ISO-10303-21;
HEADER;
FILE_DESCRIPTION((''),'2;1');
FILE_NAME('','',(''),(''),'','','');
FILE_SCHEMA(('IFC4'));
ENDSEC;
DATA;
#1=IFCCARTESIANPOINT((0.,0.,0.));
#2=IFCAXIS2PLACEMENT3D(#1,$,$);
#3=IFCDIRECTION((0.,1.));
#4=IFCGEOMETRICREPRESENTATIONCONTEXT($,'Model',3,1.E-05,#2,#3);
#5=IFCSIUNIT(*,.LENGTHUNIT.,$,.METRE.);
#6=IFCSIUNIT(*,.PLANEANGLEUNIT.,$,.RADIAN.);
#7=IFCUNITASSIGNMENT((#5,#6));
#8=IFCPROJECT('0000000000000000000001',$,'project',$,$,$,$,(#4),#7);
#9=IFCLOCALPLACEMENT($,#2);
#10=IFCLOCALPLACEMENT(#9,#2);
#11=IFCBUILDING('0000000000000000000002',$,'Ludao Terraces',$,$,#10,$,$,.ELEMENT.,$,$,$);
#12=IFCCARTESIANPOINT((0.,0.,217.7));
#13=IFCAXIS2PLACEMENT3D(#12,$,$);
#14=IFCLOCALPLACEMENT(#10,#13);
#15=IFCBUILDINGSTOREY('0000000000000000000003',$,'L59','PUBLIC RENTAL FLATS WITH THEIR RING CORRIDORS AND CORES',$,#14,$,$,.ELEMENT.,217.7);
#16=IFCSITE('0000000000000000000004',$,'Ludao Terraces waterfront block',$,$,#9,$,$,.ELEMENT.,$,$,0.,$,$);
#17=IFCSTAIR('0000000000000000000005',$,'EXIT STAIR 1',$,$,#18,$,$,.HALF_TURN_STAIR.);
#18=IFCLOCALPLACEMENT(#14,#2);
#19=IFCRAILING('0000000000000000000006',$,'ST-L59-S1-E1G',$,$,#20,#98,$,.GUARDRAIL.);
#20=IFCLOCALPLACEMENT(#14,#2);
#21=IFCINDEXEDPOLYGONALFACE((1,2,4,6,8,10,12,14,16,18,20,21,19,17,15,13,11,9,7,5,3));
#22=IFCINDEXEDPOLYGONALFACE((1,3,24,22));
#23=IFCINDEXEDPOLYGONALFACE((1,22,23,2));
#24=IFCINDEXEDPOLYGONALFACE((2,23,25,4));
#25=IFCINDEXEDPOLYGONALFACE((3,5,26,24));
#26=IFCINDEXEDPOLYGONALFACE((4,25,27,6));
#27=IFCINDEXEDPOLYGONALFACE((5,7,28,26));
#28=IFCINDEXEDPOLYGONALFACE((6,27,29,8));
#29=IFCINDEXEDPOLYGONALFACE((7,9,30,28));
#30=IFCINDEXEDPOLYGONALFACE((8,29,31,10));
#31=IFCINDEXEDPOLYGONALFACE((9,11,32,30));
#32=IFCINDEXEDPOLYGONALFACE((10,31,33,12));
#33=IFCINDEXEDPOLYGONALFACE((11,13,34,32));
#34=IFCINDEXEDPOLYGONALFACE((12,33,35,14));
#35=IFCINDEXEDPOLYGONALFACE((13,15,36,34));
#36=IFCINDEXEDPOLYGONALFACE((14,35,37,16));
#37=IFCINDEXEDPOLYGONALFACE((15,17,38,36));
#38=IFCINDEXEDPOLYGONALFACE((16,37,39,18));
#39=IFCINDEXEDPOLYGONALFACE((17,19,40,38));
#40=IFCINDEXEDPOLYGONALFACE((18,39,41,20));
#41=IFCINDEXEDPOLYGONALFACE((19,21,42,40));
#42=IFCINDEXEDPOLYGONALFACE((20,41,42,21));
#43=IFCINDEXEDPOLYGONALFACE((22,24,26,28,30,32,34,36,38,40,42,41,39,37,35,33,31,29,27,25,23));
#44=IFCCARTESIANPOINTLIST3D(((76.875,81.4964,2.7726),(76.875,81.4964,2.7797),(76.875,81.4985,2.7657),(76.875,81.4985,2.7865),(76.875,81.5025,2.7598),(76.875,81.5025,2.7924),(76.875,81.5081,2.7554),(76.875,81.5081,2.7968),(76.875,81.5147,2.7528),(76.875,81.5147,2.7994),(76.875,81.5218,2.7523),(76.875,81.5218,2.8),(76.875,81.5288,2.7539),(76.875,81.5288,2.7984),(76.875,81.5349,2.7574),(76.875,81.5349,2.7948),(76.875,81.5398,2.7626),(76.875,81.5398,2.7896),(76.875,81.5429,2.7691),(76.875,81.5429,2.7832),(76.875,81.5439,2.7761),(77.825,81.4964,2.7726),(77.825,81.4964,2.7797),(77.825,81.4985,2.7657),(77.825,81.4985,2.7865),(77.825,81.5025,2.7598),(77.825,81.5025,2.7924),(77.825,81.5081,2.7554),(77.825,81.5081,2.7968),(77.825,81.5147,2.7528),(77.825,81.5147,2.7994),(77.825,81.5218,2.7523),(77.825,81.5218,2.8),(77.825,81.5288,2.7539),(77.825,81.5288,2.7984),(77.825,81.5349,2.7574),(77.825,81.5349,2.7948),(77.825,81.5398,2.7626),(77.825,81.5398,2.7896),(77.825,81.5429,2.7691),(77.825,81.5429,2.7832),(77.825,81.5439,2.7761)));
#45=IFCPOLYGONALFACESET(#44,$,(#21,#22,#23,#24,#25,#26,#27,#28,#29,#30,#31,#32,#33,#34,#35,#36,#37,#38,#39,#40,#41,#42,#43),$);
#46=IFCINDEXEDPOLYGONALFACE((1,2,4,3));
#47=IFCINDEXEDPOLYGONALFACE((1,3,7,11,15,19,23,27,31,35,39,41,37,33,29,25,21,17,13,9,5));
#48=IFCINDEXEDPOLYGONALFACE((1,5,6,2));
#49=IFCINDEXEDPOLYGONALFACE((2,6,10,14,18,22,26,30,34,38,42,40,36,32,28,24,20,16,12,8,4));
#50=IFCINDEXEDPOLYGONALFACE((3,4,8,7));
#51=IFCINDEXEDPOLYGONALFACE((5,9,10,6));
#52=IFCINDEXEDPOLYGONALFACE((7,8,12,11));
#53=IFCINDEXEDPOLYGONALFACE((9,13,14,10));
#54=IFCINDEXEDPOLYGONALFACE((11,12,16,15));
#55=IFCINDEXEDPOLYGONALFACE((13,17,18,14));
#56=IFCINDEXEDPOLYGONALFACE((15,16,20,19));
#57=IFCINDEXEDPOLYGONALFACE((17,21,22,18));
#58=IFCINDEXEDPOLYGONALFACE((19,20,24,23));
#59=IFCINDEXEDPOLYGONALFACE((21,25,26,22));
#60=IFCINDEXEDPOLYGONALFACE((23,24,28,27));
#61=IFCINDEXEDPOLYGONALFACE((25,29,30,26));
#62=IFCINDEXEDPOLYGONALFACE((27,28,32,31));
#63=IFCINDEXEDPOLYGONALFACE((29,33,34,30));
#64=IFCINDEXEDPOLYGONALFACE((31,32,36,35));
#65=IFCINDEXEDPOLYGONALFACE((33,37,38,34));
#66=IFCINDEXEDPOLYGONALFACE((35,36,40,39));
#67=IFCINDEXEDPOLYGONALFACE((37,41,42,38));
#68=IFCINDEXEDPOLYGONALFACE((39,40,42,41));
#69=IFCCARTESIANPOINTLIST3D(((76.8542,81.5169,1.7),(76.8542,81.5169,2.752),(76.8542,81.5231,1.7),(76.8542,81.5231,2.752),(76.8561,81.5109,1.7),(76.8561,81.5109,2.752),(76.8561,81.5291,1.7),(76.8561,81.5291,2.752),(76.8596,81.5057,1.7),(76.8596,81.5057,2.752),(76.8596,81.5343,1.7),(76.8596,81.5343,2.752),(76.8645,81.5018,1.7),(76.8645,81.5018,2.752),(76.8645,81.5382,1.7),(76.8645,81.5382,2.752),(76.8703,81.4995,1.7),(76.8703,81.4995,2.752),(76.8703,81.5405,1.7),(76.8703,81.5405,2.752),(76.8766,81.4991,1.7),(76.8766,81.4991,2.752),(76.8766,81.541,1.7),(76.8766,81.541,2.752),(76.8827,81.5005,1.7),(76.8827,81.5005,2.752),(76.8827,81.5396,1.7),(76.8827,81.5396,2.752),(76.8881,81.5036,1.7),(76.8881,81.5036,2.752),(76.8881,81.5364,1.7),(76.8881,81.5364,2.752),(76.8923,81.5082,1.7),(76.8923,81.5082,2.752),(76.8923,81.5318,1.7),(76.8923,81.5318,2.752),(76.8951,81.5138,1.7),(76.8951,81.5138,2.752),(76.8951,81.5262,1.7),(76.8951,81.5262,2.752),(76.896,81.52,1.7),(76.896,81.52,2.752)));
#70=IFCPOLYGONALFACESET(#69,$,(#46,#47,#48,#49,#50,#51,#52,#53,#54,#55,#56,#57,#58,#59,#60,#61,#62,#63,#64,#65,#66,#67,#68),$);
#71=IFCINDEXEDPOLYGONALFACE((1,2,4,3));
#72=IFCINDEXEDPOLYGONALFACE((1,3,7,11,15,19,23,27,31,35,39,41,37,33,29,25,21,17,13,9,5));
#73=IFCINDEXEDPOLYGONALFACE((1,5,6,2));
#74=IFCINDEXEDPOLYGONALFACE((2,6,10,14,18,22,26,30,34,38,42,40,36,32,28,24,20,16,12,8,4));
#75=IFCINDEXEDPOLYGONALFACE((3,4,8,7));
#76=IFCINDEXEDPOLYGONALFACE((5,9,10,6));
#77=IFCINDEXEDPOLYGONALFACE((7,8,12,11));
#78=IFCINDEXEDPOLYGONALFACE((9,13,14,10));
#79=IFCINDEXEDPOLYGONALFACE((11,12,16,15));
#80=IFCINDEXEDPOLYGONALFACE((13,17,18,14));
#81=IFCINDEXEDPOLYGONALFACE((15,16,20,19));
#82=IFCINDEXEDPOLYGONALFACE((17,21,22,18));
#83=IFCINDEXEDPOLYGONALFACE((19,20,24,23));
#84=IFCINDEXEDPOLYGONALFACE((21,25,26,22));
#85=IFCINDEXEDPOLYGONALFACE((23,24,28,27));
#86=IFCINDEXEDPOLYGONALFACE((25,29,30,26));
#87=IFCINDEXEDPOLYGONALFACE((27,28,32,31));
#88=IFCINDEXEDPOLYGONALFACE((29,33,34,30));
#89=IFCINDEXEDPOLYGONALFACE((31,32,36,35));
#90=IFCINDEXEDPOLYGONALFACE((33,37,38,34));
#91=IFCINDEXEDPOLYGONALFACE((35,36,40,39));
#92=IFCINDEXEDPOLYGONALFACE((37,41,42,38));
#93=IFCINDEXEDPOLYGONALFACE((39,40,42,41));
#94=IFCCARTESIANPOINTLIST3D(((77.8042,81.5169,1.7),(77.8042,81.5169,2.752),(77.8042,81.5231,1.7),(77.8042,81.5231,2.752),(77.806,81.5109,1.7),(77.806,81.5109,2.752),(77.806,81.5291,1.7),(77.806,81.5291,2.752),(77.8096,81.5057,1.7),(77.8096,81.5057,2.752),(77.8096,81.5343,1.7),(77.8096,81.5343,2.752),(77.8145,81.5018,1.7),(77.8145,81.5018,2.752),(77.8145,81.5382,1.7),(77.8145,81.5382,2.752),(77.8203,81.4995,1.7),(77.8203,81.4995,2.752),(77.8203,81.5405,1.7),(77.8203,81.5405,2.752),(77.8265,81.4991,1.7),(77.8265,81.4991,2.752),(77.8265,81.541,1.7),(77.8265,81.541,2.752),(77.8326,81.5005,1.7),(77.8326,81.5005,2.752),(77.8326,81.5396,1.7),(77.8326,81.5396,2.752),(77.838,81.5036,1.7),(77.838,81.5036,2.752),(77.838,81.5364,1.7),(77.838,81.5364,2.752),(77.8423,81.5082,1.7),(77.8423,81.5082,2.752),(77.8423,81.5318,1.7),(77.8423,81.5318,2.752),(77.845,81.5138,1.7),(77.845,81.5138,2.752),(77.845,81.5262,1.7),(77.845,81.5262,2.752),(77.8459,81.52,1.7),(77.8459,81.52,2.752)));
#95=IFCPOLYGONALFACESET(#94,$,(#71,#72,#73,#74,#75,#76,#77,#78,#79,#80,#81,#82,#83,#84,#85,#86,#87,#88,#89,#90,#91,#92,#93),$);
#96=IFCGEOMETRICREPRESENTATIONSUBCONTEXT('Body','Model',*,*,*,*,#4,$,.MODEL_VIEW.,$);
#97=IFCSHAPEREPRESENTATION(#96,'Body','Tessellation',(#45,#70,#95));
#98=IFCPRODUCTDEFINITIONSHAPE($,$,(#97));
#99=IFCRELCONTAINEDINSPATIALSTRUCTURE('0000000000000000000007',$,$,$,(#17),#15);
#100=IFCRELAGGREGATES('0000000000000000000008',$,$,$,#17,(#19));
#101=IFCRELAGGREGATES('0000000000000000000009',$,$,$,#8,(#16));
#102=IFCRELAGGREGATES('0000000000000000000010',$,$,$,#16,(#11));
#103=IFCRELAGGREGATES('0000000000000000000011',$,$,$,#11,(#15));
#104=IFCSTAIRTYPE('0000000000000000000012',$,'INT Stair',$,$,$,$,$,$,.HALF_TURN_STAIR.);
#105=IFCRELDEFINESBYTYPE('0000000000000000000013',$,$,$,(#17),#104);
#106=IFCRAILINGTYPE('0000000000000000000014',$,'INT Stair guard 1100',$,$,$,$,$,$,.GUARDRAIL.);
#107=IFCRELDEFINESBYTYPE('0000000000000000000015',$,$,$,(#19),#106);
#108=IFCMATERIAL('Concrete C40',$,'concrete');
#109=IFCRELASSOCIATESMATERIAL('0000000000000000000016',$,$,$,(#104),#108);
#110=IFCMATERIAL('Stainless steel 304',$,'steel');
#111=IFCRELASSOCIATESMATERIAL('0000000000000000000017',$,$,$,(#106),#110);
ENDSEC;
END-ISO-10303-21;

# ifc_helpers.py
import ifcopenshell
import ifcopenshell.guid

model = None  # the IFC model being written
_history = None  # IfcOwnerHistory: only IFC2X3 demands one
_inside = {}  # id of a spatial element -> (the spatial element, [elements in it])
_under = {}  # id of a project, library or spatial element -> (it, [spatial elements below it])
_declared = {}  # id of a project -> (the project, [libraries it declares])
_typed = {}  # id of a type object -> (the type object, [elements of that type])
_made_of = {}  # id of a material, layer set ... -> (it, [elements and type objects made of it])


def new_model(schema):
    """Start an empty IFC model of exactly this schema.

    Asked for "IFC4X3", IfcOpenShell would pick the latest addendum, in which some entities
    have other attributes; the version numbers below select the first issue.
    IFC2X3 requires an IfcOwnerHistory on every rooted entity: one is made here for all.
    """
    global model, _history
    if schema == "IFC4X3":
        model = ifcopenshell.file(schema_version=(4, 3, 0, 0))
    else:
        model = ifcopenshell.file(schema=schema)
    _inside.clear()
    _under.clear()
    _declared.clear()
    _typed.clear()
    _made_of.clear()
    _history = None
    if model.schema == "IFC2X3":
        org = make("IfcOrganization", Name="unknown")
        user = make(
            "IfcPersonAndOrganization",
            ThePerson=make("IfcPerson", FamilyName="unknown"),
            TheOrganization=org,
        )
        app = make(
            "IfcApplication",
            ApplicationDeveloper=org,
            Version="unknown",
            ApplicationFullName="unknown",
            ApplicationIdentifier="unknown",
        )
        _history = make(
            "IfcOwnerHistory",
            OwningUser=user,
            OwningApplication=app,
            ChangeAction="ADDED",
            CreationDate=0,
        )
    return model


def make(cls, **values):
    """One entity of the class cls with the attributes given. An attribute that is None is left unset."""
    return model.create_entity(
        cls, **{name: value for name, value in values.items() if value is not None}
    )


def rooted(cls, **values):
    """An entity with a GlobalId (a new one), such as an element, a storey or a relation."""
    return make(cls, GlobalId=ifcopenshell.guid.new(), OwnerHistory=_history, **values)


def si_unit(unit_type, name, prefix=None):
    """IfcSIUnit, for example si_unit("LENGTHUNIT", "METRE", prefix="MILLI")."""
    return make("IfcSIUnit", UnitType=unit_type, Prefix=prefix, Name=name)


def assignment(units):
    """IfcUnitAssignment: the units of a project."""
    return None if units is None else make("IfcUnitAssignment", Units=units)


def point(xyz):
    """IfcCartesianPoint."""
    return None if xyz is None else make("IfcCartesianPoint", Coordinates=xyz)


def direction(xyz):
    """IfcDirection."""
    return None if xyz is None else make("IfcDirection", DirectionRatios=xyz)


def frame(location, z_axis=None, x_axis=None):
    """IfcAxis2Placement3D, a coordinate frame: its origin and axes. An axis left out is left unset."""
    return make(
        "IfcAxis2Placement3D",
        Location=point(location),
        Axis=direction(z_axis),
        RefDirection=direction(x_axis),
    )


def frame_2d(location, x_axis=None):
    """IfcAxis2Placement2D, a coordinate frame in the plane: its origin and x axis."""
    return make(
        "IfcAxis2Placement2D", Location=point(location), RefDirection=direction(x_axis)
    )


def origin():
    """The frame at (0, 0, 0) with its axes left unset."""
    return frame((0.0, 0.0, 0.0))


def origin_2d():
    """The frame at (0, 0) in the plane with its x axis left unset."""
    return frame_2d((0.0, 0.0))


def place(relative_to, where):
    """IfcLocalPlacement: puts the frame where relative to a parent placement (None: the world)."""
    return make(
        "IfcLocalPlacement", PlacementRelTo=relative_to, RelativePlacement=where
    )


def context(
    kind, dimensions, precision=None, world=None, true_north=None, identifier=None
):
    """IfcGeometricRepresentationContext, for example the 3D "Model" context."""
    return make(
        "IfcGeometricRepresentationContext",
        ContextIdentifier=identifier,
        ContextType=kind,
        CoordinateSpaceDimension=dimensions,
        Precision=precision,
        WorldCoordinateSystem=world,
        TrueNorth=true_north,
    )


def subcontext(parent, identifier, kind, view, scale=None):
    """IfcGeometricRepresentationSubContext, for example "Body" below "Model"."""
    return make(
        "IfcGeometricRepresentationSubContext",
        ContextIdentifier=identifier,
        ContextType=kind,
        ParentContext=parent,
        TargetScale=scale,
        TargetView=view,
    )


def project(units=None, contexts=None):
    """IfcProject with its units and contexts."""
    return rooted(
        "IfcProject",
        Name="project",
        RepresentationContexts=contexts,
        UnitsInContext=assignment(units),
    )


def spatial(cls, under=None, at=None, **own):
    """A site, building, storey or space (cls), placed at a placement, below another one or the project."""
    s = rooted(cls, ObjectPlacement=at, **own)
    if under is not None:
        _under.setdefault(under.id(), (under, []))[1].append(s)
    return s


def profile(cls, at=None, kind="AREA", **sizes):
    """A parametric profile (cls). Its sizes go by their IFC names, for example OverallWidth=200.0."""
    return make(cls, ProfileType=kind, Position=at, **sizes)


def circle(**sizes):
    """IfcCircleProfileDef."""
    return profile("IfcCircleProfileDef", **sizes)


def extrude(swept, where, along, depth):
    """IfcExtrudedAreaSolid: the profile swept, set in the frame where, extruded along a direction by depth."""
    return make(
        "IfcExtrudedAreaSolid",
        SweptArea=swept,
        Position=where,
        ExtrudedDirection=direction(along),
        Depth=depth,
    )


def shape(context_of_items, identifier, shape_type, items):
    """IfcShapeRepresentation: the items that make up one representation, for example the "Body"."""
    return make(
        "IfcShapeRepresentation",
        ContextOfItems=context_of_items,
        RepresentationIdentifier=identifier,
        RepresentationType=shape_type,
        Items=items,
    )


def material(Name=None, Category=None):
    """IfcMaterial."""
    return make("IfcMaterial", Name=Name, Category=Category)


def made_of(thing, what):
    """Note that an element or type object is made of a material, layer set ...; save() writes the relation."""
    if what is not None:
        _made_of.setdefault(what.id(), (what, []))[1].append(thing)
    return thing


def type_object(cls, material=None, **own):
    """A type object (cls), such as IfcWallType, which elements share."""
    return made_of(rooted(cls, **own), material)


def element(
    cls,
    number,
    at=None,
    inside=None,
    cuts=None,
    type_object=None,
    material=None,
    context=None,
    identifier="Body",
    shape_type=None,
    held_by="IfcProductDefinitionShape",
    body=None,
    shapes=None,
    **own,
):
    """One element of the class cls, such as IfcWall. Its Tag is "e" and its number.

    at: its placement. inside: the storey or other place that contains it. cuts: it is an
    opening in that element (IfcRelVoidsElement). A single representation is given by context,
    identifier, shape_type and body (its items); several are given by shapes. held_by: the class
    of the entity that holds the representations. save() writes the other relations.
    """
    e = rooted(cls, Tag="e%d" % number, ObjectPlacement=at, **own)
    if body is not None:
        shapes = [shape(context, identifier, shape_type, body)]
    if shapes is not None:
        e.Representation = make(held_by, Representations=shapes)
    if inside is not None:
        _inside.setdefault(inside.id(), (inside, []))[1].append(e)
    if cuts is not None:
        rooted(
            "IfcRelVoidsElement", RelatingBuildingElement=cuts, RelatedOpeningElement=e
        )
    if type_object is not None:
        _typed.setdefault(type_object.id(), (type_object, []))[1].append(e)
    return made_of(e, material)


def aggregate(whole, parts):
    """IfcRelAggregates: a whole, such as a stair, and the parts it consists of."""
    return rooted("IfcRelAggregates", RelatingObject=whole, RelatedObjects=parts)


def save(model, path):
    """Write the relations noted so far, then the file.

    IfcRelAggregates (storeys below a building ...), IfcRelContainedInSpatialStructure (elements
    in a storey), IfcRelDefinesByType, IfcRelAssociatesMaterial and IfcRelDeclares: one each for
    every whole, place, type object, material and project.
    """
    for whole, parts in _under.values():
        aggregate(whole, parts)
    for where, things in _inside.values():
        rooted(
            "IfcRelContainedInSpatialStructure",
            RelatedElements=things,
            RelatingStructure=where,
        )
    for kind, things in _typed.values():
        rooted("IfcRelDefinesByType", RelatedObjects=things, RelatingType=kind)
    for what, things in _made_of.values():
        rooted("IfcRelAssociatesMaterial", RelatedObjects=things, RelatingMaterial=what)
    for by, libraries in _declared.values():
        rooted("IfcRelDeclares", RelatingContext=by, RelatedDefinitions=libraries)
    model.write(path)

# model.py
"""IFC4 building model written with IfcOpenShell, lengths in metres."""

from ifc_helpers import new_model, si_unit, direction, frame, origin, origin_2d, place, context, subcontext, project, spatial, circle, extrude, material, type_object, element, aggregate, save


model = new_model("IFC4")

# Units and contexts
model_context = context("Model", 3, precision=1e-05, world=origin(), true_north=direction((0.0, 1.0)))
body_context = subcontext(model_context, "Body", "Model", "MODEL_VIEW")
ifc_project = project(units=[si_unit("LENGTHUNIT", "METRE"), si_unit("PLANEANGLEUNIT", "RADIAN")], contexts=[model_context])

# Site, building, storey
site_placement = place(None, origin())
site = spatial("IfcSite", under=ifc_project, at=site_placement, Name="Ludao Terraces waterfront block", CompositionType="ELEMENT", RefElevation=0.0)
building_placement = place(site_placement, origin())
building = spatial("IfcBuilding", under=site, at=building_placement, Name="Ludao Terraces", CompositionType="ELEMENT")
storey_placement = place(building_placement, frame((0.0, 0.0, 217.7)))
storey = spatial("IfcBuildingStorey", under=building, at=storey_placement, Name="L59", Description="PUBLIC RENTAL FLATS WITH THEIR RING CORRIDORS AND CORES", CompositionType="ELEMENT", Elevation=217.7)

# Shared definitions
ifc_material_1 = material(Name="Concrete C40", Category="concrete")

# Stair, railing
stair_type = type_object("IfcStairType", Name="INT Stair", PredefinedType="HALF_TURN_STAIR", material=ifc_material_1)
stair_placement = place(storey_placement, origin())
stair = element("IfcStair", 1, at=stair_placement, inside=storey, type_object=stair_type, Name="EXIT STAIR 1", PredefinedType="HALF_TURN_STAIR")
ifc_material_2 = material(Name="Stainless steel 304", Category="steel")
railing_type_1 = type_object("IfcRailingType", Name="INT Stair guard 1100", PredefinedType="GUARDRAIL", material=ifc_material_2)
railing_1_placement = place(storey_placement, frame((76.875, 81.52, 1.7)))
railing_1 = element("IfcRailing", 2, at=railing_1_placement, type_object=railing_type_1, Name="ST-L59-S1-E1G", PredefinedType="GUARDRAIL", context=body_context, shape_type="SweptSolid", body=[
    extrude(circle(Radius=0.0239, at=origin_2d()), frame((0.0, 0.0, 1.0762), z_axis=(1.0, 0.0, 0.0), x_axis=(0.0, 1.0, 0.0)), (0.0, 0.0, 1.0), 0.95),
    extrude(circle(Radius=0.021, at=origin_2d()), origin(), (0.0, 0.0, 1.0), 1.052),
    extrude(circle(Radius=0.021, at=origin_2d()), frame((0.95, 0.0, 0.0)), (0.0, 0.0, 1.0), 1.052),
])
aggregate(stair, [railing_1])

save(model, "model.ifc")
